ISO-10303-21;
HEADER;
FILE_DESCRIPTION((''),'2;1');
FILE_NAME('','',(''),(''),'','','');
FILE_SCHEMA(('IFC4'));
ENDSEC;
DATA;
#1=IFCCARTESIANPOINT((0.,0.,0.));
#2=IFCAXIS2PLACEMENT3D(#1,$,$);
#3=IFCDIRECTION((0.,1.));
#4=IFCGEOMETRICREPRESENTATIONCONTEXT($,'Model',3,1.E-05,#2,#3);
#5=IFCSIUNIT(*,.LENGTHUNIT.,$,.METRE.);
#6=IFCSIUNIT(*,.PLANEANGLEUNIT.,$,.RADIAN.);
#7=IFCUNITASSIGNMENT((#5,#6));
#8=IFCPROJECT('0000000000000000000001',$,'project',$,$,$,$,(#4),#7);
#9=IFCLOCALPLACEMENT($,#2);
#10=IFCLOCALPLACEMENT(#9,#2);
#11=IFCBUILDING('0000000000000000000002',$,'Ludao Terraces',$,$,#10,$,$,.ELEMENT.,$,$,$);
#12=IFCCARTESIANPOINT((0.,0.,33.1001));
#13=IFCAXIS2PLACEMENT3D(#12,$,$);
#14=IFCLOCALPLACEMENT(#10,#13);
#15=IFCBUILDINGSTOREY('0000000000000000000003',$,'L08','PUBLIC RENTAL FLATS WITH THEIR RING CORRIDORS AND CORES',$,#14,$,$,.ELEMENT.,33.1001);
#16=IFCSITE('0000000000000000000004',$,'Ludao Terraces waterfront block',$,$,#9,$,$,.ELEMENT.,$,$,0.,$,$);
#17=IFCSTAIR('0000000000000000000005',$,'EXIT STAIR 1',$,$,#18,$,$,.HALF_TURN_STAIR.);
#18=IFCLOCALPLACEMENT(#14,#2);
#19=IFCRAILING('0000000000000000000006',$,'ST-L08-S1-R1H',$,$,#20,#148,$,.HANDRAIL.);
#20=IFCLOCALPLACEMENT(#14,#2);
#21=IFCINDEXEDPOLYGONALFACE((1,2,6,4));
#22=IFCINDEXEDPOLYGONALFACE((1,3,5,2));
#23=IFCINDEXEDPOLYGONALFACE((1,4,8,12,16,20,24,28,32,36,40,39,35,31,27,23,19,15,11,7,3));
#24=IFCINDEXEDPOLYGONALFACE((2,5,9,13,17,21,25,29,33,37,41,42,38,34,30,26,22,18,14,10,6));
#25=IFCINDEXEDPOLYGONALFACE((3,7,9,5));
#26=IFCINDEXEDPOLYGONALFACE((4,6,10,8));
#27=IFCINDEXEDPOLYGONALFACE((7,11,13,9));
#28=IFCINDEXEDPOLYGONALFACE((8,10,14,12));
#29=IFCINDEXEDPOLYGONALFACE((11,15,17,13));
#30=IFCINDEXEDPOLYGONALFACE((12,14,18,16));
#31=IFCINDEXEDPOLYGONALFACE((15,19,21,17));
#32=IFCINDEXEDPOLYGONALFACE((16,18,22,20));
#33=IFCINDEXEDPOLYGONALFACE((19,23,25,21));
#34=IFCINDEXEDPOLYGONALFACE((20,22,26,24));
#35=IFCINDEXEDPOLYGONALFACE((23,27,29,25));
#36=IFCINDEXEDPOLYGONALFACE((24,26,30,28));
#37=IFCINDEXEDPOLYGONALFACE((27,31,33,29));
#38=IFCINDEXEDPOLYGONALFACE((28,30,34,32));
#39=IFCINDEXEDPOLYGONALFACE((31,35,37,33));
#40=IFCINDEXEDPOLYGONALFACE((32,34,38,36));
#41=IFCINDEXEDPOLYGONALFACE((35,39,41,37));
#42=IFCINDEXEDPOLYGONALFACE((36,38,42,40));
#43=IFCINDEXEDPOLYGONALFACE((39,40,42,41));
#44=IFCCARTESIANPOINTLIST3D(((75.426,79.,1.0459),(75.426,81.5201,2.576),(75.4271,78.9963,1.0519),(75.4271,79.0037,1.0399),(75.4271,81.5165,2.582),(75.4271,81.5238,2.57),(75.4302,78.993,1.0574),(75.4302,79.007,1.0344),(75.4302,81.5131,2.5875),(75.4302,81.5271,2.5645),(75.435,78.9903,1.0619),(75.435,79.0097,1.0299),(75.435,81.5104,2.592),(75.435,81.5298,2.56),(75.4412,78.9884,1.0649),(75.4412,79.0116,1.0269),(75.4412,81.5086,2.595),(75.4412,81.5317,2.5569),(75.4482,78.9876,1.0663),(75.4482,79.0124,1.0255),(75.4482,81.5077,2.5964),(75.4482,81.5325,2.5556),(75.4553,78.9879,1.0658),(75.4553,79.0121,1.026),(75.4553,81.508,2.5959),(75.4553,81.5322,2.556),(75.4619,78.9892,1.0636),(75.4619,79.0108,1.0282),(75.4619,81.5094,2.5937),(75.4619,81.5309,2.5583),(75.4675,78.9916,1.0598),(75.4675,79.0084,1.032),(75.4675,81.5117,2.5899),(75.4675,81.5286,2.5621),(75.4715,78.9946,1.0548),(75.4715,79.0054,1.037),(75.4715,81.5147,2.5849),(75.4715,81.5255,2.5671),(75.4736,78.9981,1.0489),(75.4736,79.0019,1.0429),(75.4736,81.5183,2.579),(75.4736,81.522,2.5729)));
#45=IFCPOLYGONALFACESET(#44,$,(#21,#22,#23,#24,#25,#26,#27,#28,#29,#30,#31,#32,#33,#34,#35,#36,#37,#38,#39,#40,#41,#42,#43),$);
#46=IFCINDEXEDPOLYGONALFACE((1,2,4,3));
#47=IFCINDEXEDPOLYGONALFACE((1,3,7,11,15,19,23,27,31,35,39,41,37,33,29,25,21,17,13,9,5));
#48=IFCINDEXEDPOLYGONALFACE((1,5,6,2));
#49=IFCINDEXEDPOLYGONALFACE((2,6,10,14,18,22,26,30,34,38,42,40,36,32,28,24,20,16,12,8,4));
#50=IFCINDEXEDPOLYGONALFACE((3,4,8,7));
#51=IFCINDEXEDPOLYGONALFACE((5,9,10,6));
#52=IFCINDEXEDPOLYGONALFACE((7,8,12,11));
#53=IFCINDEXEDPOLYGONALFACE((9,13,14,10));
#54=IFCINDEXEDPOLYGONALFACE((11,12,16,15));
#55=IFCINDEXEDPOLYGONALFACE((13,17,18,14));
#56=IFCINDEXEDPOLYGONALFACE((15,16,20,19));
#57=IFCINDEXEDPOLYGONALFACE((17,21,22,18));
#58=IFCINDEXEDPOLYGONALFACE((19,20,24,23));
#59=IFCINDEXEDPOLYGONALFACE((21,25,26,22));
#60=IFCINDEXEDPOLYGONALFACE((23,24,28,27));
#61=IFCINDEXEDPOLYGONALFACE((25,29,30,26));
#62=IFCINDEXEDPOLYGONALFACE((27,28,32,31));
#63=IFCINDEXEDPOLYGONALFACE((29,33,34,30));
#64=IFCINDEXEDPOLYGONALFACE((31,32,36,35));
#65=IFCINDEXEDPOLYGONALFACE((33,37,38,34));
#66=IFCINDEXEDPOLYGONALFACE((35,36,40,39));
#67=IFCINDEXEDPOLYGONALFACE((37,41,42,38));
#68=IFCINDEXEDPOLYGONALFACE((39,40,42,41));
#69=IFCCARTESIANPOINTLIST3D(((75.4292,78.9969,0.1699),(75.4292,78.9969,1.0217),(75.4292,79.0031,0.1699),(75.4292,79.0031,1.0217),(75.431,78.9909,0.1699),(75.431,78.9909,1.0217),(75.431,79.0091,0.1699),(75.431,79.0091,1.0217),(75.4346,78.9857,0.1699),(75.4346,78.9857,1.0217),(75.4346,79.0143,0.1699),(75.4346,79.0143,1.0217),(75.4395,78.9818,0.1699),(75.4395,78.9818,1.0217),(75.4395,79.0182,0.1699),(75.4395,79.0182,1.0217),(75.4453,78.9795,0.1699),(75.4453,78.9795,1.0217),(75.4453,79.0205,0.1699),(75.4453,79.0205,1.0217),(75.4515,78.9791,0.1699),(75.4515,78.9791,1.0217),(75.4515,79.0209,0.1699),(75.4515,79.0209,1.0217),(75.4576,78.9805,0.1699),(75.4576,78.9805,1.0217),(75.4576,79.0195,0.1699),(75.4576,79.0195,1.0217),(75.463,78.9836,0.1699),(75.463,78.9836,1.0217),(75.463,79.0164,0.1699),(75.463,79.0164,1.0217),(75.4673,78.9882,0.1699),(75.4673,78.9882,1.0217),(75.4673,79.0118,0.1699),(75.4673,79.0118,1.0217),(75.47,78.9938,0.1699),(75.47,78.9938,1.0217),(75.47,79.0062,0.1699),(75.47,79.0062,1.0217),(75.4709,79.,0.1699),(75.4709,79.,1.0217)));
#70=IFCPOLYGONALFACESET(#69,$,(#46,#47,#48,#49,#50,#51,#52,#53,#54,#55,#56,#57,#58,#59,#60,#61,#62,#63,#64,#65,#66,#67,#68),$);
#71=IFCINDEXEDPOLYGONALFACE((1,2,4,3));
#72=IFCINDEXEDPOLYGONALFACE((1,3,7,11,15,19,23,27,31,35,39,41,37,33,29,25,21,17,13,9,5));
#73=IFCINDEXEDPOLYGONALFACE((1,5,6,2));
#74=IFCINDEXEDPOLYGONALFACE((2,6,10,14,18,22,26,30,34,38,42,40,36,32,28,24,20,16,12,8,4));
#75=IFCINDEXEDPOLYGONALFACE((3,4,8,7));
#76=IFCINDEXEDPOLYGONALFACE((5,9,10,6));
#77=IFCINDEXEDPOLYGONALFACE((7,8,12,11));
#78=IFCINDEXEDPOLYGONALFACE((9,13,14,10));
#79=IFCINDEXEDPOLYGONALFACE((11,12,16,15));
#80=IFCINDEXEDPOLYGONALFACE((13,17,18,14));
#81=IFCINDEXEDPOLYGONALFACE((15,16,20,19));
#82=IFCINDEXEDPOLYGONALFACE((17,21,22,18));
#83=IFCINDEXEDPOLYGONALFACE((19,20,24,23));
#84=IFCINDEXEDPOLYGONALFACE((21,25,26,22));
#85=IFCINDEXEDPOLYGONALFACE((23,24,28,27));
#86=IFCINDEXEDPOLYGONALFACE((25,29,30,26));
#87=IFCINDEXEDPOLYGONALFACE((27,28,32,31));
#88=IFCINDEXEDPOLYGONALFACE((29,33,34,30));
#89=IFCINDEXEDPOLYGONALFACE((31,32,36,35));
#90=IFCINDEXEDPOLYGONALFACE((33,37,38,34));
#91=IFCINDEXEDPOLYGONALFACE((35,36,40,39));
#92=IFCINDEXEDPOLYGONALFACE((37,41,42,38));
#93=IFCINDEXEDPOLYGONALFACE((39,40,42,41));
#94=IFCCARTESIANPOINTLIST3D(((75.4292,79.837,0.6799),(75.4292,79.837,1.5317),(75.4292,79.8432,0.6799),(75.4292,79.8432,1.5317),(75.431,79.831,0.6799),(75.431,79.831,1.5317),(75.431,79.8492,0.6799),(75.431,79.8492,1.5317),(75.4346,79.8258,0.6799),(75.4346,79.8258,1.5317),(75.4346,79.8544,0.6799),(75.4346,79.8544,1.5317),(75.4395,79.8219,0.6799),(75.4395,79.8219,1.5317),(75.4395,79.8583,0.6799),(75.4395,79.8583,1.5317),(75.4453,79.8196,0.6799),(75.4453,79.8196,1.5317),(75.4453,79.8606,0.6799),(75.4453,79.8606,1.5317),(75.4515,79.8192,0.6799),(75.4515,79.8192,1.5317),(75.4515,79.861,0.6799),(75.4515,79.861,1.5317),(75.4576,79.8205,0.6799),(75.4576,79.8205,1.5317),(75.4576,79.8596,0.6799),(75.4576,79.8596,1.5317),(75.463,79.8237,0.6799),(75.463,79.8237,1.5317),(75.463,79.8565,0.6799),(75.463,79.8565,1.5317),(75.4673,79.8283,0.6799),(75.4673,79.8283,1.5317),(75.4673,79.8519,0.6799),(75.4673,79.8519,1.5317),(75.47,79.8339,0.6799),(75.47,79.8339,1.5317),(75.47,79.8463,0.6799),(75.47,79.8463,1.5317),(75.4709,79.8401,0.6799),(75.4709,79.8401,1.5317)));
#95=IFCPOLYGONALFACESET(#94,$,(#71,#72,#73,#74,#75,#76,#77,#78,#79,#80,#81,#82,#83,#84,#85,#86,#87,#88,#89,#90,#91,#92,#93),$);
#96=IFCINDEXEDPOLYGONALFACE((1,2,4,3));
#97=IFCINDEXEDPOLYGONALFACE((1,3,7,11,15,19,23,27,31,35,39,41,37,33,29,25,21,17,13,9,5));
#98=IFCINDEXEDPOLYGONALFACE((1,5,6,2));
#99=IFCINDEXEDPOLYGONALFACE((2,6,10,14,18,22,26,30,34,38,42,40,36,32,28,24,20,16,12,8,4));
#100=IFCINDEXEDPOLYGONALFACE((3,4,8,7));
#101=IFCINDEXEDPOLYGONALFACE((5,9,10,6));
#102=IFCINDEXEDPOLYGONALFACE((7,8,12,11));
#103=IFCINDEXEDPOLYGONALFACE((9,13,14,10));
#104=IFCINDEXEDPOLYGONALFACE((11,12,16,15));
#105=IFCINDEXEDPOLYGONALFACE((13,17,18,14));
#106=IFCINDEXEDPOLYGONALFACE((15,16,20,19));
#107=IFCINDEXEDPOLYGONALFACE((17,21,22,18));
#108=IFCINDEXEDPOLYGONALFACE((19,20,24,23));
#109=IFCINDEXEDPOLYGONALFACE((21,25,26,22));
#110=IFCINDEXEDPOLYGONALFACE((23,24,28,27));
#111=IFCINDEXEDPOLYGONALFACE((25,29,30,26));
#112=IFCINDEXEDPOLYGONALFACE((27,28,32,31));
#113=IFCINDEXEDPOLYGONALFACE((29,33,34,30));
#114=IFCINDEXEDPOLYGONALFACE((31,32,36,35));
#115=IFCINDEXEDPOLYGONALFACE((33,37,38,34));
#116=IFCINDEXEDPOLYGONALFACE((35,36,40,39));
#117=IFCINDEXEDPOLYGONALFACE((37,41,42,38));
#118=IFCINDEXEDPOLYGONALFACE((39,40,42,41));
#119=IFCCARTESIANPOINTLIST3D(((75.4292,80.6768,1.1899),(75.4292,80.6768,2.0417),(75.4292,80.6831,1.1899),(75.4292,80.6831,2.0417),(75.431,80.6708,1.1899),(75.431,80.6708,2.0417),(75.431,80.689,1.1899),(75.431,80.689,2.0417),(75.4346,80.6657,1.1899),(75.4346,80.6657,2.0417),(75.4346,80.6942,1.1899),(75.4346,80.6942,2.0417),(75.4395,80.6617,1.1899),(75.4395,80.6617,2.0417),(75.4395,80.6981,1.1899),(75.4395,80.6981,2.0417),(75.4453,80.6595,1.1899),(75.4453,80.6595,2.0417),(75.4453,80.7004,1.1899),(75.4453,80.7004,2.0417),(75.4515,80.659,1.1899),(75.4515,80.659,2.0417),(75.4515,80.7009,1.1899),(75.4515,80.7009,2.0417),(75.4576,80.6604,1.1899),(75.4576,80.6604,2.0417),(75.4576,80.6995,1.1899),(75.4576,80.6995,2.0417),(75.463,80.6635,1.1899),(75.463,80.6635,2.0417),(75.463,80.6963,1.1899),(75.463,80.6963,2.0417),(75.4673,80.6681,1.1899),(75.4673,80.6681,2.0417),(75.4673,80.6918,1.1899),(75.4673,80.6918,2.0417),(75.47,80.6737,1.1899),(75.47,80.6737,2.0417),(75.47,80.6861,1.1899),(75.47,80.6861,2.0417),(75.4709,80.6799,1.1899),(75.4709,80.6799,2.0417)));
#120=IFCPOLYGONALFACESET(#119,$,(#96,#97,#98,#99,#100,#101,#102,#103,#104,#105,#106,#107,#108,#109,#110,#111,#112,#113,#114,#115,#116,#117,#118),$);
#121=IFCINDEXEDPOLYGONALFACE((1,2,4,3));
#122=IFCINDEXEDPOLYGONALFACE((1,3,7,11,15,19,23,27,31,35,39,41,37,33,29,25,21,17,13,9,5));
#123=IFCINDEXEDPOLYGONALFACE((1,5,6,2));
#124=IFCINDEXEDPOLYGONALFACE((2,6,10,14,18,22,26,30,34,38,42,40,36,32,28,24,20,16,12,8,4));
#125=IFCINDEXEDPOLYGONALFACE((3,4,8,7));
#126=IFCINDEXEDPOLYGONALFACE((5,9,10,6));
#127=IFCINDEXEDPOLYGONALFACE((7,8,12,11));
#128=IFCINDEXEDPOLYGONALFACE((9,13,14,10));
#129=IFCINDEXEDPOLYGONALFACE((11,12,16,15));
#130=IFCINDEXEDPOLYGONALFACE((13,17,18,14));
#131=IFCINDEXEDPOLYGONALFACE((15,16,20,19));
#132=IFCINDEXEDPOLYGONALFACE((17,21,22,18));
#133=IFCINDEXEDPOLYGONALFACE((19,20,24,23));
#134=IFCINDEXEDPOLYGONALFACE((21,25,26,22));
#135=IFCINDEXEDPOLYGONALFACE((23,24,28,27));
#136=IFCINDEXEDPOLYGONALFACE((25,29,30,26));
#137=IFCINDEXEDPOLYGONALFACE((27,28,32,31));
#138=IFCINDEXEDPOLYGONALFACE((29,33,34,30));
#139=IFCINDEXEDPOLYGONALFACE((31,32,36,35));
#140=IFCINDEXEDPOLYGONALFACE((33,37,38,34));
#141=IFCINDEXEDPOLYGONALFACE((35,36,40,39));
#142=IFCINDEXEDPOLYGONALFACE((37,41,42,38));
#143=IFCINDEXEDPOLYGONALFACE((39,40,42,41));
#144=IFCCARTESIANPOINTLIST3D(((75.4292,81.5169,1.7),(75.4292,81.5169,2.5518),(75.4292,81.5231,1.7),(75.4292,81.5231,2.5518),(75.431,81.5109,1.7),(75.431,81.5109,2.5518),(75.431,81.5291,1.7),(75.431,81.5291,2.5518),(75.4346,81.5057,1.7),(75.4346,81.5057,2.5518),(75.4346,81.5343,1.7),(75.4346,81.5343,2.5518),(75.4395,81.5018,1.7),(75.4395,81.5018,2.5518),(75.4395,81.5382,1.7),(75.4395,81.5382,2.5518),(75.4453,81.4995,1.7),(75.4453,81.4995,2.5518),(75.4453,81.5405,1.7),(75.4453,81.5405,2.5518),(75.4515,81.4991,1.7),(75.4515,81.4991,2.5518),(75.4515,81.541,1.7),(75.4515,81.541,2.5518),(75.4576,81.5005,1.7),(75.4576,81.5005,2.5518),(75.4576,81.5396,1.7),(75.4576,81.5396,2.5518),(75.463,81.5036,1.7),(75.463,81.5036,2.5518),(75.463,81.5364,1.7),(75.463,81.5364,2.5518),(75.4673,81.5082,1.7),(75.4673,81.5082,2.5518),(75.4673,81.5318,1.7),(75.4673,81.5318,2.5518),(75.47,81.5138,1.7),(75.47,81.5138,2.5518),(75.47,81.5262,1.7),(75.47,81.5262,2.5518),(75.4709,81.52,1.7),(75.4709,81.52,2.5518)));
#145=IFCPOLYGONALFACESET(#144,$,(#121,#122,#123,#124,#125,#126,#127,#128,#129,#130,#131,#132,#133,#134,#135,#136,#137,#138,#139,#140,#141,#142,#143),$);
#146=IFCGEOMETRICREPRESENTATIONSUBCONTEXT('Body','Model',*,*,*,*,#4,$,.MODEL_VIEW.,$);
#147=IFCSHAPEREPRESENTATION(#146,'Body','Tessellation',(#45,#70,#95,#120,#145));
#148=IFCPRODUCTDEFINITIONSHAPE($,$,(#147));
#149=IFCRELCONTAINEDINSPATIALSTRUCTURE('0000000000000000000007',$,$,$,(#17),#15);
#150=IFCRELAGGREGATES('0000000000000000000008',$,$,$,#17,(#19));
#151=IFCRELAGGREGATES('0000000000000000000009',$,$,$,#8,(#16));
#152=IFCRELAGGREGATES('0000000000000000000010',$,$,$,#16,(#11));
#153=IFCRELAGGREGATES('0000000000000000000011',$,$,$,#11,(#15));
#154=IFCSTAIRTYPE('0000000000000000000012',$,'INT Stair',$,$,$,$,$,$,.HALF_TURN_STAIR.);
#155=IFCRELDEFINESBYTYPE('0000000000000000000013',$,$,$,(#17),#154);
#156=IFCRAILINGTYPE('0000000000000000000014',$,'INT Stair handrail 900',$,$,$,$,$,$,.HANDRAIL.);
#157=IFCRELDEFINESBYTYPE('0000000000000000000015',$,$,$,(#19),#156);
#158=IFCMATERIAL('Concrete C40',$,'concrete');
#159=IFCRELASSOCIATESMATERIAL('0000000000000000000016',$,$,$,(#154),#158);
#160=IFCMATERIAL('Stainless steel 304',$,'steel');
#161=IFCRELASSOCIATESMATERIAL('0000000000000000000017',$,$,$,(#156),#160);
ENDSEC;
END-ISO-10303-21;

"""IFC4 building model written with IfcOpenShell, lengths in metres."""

from ifc_helpers import new_model, si_unit, direction, frame, origin, origin_2d, place, context, subcontext, project, spatial, circle, extrude, material, type_object, element, aggregate, save


model = new_model("IFC4")

# Units and contexts
model_context = context("Model", 3, precision=1e-05, world=origin(), true_north=direction((0.0, 1.0)))
body_context = subcontext(model_context, "Body", "Model", "MODEL_VIEW")
ifc_project = project(units=[si_unit("LENGTHUNIT", "METRE"), si_unit("PLANEANGLEUNIT", "RADIAN")], contexts=[model_context])

# Site, building, storey
site_placement = place(None, origin())
site = spatial("IfcSite", under=ifc_project, at=site_placement, Name="Ludao Terraces waterfront block", CompositionType="ELEMENT", RefElevation=0.0)
building_placement = place(site_placement, origin())
building = spatial("IfcBuilding", under=site, at=building_placement, Name="Ludao Terraces", CompositionType="ELEMENT")
storey_placement = place(building_placement, frame((0.0, 0.0, 33.1001)))
storey = spatial("IfcBuildingStorey", under=building, at=storey_placement, Name="L08", Description="PUBLIC RENTAL FLATS WITH THEIR RING CORRIDORS AND CORES", CompositionType="ELEMENT", Elevation=33.1001)

# Shared definitions
ifc_material_1 = material(Name="Concrete C40", Category="concrete")

# Stair, railing
stair_type = type_object("IfcStairType", Name="INT Stair", PredefinedType="HALF_TURN_STAIR", material=ifc_material_1)
stair_placement = place(storey_placement, origin())
stair = element("IfcStair", 1, at=stair_placement, inside=storey, type_object=stair_type, Name="EXIT STAIR 1", PredefinedType="HALF_TURN_STAIR")
ifc_material_2 = material(Name="Stainless steel 304", Category="steel")
railing_type_1 = type_object("IfcRailingType", Name="INT Stair handrail 900", PredefinedType="HANDRAIL", material=ifc_material_2)
railing_1_placement = place(storey_placement, frame((75.45, 79.0, 0.1699)))
railing_1 = element("IfcRailing", 2, at=railing_1_placement, type_object=railing_type_1, Name="ST-L08-S1-R1H", PredefinedType="HANDRAIL", context=body_context, shape_type="SweptSolid", body=[
    extrude(circle(Radius=0.0239, at=origin_2d()), frame((0.0, 0.0, 0.876), z_axis=(0.0, 0.854785, 0.518982), x_axis=(-1.0, 0.0, 0.0)), (0.0, 0.0, 1.0), 2.9482),
    extrude(circle(Radius=0.021, at=origin_2d()), origin(), (0.0, 0.0, 1.0), 0.8518),
    extrude(circle(Radius=0.021, at=origin_2d()), frame((0.0, 0.8401, 0.51)), (0.0, 0.0, 1.0), 0.8518),
    extrude(circle(Radius=0.021, at=origin_2d()), frame((0.0, 1.6799, 1.02)), (0.0, 0.0, 1.0), 0.8518),
    extrude(circle(Radius=0.021, at=origin_2d()), frame((0.0, 2.52, 1.53)), (0.0, 0.0, 1.0), 0.8518),
])
aggregate(stair, [railing_1])

save(model, "model.ifc")
